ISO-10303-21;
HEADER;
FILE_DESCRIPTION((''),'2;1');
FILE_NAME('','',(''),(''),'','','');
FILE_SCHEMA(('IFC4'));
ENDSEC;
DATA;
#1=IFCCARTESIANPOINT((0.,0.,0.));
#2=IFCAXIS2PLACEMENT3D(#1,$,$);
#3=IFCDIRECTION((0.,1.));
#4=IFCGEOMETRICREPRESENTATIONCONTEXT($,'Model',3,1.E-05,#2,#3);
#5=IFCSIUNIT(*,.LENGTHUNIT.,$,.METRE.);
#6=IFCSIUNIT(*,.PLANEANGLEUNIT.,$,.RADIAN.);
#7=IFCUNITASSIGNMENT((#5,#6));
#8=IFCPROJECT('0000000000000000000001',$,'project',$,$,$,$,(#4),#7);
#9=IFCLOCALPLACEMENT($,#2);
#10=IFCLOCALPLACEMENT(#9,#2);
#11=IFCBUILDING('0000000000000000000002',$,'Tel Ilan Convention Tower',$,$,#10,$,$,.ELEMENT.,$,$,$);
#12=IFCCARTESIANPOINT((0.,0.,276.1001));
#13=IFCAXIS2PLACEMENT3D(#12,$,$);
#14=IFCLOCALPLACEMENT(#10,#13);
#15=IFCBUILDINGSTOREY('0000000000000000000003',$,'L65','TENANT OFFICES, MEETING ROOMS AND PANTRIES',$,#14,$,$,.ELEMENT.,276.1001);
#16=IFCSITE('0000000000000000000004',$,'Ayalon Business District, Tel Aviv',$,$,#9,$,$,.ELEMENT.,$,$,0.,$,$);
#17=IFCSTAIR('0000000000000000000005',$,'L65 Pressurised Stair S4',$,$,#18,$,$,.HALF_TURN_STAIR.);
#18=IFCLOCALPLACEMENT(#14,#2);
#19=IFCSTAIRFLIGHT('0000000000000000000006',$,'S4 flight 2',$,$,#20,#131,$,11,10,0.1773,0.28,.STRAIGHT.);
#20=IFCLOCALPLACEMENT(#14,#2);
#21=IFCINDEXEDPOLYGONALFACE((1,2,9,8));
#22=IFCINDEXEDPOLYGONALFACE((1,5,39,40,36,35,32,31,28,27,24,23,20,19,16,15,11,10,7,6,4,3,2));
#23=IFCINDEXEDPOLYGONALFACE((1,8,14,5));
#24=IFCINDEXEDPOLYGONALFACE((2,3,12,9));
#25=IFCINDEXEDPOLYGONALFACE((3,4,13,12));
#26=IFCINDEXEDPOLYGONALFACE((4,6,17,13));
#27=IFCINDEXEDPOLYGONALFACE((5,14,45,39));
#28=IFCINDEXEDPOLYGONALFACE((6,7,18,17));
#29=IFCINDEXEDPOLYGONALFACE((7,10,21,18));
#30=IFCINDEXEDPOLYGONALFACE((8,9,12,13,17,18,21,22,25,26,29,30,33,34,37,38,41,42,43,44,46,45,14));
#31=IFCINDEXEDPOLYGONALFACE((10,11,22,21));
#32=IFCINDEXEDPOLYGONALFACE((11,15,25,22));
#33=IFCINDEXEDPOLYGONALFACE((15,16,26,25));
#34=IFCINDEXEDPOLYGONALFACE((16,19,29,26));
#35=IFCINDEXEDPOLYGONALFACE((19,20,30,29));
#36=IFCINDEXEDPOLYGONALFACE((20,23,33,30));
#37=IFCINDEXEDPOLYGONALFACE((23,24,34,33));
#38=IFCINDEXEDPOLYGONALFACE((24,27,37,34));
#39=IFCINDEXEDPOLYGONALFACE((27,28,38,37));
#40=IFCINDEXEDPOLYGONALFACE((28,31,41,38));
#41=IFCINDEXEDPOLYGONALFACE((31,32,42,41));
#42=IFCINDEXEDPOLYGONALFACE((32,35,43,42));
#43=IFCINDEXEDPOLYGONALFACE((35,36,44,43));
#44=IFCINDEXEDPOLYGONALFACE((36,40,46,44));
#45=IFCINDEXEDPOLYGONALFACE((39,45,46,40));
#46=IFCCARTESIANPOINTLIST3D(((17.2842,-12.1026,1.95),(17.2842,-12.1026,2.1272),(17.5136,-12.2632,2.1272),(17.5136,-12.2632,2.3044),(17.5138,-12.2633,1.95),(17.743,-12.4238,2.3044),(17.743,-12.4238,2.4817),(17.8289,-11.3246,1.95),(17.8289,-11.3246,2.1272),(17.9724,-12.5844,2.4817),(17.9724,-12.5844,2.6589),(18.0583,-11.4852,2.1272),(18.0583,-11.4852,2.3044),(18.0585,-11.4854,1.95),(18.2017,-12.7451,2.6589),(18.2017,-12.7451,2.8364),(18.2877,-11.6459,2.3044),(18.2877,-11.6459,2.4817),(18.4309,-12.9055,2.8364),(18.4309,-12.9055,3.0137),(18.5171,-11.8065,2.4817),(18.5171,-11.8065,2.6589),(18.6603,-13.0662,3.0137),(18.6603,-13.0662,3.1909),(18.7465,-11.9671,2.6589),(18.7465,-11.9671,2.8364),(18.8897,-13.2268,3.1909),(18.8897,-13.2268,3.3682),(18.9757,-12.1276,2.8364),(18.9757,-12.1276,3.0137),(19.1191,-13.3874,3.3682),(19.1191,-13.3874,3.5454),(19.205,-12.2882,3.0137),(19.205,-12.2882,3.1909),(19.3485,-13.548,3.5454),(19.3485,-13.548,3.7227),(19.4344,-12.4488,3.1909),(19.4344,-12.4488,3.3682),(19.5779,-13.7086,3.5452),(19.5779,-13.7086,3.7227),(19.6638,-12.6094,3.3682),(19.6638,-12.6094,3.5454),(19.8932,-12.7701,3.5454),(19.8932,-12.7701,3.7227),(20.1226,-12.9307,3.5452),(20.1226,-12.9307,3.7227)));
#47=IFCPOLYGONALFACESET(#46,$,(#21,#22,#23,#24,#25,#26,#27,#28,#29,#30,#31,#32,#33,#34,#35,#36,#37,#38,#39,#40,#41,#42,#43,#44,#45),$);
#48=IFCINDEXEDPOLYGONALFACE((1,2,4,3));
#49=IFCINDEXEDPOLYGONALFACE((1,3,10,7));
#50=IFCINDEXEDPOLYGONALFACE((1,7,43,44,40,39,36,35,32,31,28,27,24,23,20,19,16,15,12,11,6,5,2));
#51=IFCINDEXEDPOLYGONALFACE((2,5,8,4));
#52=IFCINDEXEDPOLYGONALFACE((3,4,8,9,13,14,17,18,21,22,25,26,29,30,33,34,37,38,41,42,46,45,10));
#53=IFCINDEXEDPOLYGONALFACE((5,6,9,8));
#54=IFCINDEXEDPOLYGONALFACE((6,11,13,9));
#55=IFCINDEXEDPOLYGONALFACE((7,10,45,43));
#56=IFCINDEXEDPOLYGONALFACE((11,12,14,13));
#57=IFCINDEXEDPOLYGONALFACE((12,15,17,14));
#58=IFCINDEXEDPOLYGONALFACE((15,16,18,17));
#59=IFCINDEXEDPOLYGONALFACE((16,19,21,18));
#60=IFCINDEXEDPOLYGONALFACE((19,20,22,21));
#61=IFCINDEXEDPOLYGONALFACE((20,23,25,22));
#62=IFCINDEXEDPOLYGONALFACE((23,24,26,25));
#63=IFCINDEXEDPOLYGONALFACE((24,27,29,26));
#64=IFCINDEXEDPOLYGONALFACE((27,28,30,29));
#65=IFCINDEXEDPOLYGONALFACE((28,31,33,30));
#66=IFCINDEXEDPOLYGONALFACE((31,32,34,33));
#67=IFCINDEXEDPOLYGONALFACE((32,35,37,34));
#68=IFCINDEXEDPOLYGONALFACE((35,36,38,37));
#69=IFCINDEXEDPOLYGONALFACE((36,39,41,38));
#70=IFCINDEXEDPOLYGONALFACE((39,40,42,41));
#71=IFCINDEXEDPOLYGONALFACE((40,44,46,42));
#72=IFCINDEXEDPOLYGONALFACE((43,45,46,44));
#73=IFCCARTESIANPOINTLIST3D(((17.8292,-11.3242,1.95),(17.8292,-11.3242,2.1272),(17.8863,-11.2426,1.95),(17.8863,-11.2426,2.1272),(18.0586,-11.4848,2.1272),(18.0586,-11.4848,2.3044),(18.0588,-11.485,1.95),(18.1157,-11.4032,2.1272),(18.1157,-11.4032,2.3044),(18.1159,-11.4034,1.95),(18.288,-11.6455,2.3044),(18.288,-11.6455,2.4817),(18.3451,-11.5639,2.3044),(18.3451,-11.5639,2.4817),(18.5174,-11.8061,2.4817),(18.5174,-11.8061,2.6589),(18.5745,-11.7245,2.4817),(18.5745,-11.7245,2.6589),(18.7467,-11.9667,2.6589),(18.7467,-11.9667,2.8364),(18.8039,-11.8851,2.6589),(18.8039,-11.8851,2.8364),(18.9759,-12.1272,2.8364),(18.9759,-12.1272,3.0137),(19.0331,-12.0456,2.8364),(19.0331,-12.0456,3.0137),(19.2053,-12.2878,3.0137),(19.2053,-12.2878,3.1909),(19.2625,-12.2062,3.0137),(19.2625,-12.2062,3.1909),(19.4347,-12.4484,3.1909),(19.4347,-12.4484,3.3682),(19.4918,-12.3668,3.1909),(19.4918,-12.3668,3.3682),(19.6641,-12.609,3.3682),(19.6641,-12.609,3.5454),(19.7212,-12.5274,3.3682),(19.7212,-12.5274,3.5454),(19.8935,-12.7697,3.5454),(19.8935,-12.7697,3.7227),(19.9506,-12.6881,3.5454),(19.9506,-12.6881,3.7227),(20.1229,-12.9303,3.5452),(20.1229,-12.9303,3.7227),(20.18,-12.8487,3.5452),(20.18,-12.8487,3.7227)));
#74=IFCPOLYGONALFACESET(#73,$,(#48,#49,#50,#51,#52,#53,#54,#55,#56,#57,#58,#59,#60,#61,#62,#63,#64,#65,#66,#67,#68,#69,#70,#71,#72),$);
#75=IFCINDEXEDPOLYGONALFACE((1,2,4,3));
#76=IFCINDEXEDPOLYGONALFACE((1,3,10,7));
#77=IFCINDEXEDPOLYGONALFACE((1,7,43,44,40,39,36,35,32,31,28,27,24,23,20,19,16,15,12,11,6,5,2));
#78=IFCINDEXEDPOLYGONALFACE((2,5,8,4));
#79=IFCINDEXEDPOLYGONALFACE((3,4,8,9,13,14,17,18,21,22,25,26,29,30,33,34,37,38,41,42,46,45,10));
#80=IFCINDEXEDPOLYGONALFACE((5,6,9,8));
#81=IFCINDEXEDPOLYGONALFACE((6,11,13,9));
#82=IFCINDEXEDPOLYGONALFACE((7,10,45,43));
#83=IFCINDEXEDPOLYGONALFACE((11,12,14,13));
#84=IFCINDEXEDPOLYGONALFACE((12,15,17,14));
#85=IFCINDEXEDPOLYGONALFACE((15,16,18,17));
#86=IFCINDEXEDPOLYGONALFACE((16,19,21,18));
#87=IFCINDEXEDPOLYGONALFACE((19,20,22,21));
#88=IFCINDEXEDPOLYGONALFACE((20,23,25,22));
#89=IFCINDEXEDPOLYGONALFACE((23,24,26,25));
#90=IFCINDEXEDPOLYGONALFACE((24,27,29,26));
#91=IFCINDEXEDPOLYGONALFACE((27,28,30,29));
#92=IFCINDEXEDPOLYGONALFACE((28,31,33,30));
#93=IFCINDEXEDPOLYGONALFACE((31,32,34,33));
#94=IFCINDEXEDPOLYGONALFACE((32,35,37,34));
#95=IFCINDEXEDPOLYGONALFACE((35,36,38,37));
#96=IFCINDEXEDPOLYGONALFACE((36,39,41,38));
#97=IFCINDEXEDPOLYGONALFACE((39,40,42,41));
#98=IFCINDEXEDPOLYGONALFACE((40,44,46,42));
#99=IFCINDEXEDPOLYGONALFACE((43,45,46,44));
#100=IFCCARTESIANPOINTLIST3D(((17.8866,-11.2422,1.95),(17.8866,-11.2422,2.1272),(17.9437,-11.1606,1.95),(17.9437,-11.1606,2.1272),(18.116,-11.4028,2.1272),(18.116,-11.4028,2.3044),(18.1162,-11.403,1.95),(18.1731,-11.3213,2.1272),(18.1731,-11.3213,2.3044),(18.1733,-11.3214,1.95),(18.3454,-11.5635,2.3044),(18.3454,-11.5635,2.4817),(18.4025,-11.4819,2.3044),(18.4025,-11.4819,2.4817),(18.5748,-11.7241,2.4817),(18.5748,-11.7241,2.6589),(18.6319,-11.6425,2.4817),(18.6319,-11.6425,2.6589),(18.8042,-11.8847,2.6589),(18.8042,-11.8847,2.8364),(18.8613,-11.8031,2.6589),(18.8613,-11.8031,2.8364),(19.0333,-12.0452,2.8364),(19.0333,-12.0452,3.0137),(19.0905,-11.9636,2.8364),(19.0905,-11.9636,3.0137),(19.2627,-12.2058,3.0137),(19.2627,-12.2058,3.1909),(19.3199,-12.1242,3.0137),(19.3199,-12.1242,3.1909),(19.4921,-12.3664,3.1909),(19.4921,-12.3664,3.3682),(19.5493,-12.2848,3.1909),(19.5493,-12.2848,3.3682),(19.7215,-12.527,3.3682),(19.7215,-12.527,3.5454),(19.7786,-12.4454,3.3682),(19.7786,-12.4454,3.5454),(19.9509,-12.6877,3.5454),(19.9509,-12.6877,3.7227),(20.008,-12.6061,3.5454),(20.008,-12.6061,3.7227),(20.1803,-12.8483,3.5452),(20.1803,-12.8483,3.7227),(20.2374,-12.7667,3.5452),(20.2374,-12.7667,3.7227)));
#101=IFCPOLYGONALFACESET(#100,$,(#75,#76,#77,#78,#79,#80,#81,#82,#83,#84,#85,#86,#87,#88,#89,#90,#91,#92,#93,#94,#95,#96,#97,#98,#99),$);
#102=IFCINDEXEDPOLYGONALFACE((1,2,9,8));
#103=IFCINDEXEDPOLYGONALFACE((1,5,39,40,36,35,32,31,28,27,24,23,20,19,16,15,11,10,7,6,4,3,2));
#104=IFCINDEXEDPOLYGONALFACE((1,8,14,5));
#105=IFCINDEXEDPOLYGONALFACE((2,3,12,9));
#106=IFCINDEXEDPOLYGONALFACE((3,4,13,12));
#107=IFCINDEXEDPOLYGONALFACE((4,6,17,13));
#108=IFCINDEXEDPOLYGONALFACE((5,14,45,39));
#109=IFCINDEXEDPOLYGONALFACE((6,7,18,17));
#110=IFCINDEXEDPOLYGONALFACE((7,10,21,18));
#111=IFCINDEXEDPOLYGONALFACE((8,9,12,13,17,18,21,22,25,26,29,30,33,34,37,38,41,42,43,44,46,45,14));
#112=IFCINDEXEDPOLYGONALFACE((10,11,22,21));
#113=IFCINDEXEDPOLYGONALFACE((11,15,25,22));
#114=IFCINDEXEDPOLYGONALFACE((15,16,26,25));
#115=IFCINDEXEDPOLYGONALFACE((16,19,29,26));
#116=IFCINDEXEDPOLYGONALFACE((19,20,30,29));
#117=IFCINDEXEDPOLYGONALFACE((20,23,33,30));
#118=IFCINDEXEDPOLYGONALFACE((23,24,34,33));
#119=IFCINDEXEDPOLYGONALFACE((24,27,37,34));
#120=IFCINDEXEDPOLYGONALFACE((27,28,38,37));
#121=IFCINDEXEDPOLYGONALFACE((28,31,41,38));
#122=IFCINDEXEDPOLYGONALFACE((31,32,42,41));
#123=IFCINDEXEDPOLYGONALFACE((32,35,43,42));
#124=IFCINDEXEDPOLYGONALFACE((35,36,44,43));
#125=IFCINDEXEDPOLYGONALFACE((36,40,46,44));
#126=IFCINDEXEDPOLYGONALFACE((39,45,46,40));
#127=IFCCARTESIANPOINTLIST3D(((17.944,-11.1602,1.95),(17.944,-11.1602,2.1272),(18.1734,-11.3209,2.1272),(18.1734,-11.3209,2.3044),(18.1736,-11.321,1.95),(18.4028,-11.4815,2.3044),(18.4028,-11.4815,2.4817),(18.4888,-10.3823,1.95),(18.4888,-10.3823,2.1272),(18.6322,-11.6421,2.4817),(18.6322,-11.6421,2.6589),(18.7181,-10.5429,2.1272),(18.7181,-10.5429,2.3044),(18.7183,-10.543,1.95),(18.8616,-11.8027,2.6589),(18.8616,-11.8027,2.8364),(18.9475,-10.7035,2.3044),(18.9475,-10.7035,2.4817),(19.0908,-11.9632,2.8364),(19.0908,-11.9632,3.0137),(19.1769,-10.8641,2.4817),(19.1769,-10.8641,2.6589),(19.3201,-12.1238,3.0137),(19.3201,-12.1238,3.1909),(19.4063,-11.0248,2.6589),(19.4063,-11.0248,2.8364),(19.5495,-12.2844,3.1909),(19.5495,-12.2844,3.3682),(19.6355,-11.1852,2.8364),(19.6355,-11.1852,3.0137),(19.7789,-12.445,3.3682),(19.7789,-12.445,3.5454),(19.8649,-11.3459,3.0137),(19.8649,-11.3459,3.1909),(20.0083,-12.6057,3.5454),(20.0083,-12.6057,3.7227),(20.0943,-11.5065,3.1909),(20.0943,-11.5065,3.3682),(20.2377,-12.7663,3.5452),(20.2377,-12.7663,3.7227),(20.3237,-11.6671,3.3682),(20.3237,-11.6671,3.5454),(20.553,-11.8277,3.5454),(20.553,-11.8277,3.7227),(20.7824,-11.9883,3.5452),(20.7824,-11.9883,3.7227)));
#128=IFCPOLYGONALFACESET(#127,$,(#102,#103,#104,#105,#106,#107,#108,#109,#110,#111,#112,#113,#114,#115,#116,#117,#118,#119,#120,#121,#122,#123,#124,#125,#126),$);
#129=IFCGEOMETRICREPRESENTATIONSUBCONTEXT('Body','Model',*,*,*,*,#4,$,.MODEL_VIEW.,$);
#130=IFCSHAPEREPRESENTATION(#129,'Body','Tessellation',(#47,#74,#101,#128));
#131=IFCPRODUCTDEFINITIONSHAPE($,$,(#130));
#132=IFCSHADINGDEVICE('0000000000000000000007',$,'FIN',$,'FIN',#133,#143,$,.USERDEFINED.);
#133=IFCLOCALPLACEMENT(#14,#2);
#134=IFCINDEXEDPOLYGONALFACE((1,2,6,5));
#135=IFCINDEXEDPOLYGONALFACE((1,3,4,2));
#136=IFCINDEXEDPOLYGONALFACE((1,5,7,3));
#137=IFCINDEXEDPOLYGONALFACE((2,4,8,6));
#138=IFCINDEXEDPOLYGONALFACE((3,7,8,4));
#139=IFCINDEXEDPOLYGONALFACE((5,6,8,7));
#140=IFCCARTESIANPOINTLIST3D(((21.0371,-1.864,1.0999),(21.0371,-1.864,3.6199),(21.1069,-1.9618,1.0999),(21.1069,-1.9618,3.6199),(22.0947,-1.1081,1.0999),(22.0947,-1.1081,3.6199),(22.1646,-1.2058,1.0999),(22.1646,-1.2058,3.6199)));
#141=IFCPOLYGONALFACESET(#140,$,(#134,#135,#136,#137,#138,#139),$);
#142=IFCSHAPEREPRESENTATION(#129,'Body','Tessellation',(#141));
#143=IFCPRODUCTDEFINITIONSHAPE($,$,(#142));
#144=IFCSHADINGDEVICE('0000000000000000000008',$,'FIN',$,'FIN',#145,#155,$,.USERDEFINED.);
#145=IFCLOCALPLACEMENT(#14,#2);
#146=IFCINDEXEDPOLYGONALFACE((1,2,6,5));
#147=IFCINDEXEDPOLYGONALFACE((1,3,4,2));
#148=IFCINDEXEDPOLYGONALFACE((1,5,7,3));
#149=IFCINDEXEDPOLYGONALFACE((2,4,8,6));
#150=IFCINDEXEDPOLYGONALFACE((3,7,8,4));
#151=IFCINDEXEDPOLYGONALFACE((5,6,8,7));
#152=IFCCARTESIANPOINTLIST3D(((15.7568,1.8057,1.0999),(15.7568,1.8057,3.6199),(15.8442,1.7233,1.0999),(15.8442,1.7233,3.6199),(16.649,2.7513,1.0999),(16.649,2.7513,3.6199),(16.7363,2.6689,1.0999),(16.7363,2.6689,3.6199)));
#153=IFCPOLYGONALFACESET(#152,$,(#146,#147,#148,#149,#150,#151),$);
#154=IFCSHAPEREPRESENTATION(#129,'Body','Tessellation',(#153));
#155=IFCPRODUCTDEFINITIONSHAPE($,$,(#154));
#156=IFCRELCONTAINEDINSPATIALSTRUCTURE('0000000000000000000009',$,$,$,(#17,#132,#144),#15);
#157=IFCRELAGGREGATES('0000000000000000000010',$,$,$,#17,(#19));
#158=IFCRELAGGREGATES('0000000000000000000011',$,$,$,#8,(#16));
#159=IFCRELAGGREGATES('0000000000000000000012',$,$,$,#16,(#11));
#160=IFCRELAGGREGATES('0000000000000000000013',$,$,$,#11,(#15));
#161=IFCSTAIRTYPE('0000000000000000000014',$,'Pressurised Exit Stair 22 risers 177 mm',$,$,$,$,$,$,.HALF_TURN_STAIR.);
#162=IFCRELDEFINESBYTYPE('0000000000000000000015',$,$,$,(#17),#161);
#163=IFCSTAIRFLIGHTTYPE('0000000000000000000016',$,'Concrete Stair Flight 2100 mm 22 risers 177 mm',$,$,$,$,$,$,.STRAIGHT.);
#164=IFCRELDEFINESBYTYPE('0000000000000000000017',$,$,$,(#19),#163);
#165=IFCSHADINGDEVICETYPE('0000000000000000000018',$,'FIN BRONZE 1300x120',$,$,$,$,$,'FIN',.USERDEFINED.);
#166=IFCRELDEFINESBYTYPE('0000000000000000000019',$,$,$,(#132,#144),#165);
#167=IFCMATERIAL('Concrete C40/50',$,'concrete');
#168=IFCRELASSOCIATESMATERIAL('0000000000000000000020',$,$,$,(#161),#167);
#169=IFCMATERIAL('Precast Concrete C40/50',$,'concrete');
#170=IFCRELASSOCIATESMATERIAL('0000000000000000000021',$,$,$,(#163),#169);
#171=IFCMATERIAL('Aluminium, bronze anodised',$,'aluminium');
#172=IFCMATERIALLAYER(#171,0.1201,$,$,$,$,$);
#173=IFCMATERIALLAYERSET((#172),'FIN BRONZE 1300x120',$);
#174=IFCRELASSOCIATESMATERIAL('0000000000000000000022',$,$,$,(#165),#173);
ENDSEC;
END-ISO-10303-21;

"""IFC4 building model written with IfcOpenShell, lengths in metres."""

from ifc_helpers import new_model, si_unit, direction, frame, origin, origin_2d, place, context, subcontext, project, spatial, polyline, rectangle, outline, extrude, material, layer, layer_set, type_object, element, aggregate, save


model = new_model("IFC4")

# Units and contexts
model_context = context("Model", 3, precision=1e-05, world=origin(), true_north=direction((0.0, 1.0)))
body_context = subcontext(model_context, "Body", "Model", "MODEL_VIEW")
ifc_project = project(units=[si_unit("LENGTHUNIT", "METRE"), si_unit("PLANEANGLEUNIT", "RADIAN")], contexts=[model_context])

# Site, building, storey
site_placement = place(None, origin())
site = spatial("IfcSite", under=ifc_project, at=site_placement, Name="Ayalon Business District, Tel Aviv", CompositionType="ELEMENT", RefElevation=0.0)
building_placement = place(site_placement, origin())
building = spatial("IfcBuilding", under=site, at=building_placement, Name="Tel Ilan Convention Tower", CompositionType="ELEMENT")
storey_placement = place(building_placement, frame((0.0, 0.0, 276.1001)))
storey = spatial("IfcBuildingStorey", under=building, at=storey_placement, Name="L65", Description="TENANT OFFICES, MEETING ROOMS AND PANTRIES", CompositionType="ELEMENT", Elevation=276.1001)

# Shared definitions
ifc_material_1 = material(Name="Concrete C40/50", Category="concrete")
stair_type = type_object("IfcStairType", Name="Pressurised Exit Stair 22 risers 177 mm", PredefinedType="HALF_TURN_STAIR", material=ifc_material_1)
ifc_material_2 = material(Name="Precast Concrete C40/50", Category="concrete")
stair_flight_type = type_object("IfcStairFlightType", Name="Concrete Stair Flight 2100 mm 22 risers 177 mm", PredefinedType="STRAIGHT", material=ifc_material_2)

# Stair, stair flight
stair_1_placement = place(storey_placement, origin())
stair_1 = element("IfcStair", 1, at=stair_1_placement, inside=storey, type_object=stair_type, Name="L65 Pressurised Stair S4", PredefinedType="HALF_TURN_STAIR")
stair_flight_1_placement = place(storey_placement, frame((17.8865, -11.2424, 1.95), z_axis=(0.0, 0.0, 1.0), x_axis=(0.819152, -0.573576, 0.0)))
stair_flight_1 = element("IfcStairFlight", 2, at=stair_flight_1_placement, type_object=stair_flight_type, Name="S4 flight 2", NumberOfRisers=11, NumberOfTreads=10, PredefinedType="STRAIGHT", RiserHeight=0.1773, TreadLength=0.28, context=body_context, shape_type="SweptSolid", body=[
    extrude(outline(polyline([(0.0, 0.0), (0.0, 0.1772), (0.28, 0.1772), (0.28, 0.3545), (0.5601, 0.3545), (0.5601, 0.5317), (0.8401, 0.5317), (0.8401, 0.709), (1.1201, 0.709), (1.1201, 0.8865), (1.3999, 0.8865), (1.3999, 1.0637), (1.6799, 1.0637), (1.6799, 1.241), (1.96, 1.241), (1.96, 1.4182), (2.24, 1.4182), (2.24, 1.5955), (2.52, 1.5955), (2.52, 1.7727), (2.8, 1.7727), (2.8, 1.95), (2.8, 1.5952), (0.2803, 0.0), (0.0, 0.0)])), frame((0.0, -0.1003, 0.0), z_axis=(0.0, -1.0, 0.0), x_axis=(1.0, 0.0, 0.0)), (0.0, 0.0, 1.0), 0.9497),
    extrude(outline(polyline([(0.0, 0.0), (0.0, 0.1772), (0.28, 0.1772), (0.28, 0.3545), (0.5601, 0.3545), (0.5601, 0.5317), (0.8401, 0.5317), (0.8401, 0.709), (1.1201, 0.709), (1.1201, 0.8865), (1.3999, 0.8865), (1.3999, 1.0637), (1.6799, 1.0637), (1.6799, 1.241), (1.96, 1.241), (1.96, 1.4182), (2.24, 1.4182), (2.24, 1.5955), (2.52, 1.5955), (2.52, 1.7727), (2.8, 1.7727), (2.8, 1.95), (2.8, 1.5952), (0.2803, 0.0), (0.0, 0.0)])), frame((0.0, -0.0002, 0.0), z_axis=(0.0, -1.0, 0.0), x_axis=(1.0, 0.0, 0.0)), (0.0, 0.0, 1.0), 0.0996),
    extrude(outline(polyline([(0.0, 0.0), (0.0, 0.1772), (0.28, 0.1772), (0.28, 0.3545), (0.5601, 0.3545), (0.5601, 0.5317), (0.8401, 0.5317), (0.8401, 0.709), (1.1201, 0.709), (1.1201, 0.8865), (1.3999, 0.8865), (1.3999, 1.0637), (1.6799, 1.0637), (1.6799, 1.241), (1.96, 1.241), (1.96, 1.4182), (2.24, 1.4182), (2.24, 1.5955), (2.52, 1.5955), (2.52, 1.7727), (2.8, 1.7727), (2.8, 1.95), (2.8, 1.5952), (0.2803, 0.0), (0.0, 0.0)])), frame((0.0, 0.0999, 0.0), z_axis=(0.0, -1.0, 0.0), x_axis=(1.0, 0.0, 0.0)), (0.0, 0.0, 1.0), 0.0996),
    extrude(outline(polyline([(0.0, 0.0), (0.0, 0.1772), (0.28, 0.1772), (0.28, 0.3545), (0.5601, 0.3545), (0.5601, 0.5317), (0.8401, 0.5317), (0.8401, 0.709), (1.1201, 0.709), (1.1201, 0.8865), (1.3999, 0.8865), (1.3999, 1.0637), (1.6799, 1.0637), (1.6799, 1.241), (1.96, 1.241), (1.96, 1.4182), (2.24, 1.4182), (2.24, 1.5955), (2.52, 1.5955), (2.52, 1.7727), (2.8, 1.7727), (2.8, 1.95), (2.8, 1.5952), (0.2803, 0.0), (0.0, 0.0)])), frame((0.0, 1.05, 0.0), z_axis=(0.0, -1.0, 0.0), x_axis=(1.0, 0.0, 0.0)), (0.0, 0.0, 1.0), 0.9497),
])
aggregate(stair_1, [stair_flight_1])

# Shading devices
ifc_material_3 = material(Name="Aluminium, bronze anodised", Category="aluminium")
ifc_layer_1 = layer(ifc_material_3, 0.1201)
ifc_layer_set_1 = layer_set([ifc_layer_1], Name="FIN BRONZE 1300x120")
shading_device_type = type_object("IfcShadingDeviceType", Name="FIN BRONZE 1300x120", ElementType="FIN", PredefinedType="USERDEFINED", material=ifc_layer_set_1)
for number, where, z_axis, x_axis, name in (
    (3, (21.6008, -1.5349, 1.0999), (0.0, 0.0, 1.0), (0.813552, 0.581492, 0.0), "FIN"),
    (4, (16.2466, 2.2373, 1.0999), (0.0, 0.0, 1.0), (0.686242, 0.727374, 0.0), "FIN"),
):
    element("IfcShadingDevice", number, at=place(storey_placement, frame(where, z_axis=z_axis, x_axis=x_axis)), inside=storey, type_object=shading_device_type, Name=name, ObjectType="FIN", PredefinedType="USERDEFINED", context=body_context, shape_type="SweptSolid", body=[
        extrude(rectangle(XDim=1.3, YDim=0.1201, at=origin_2d()), origin(), (0.0, 0.0, 1.0), 2.52),
    ])

save(model, "model.ifc")
